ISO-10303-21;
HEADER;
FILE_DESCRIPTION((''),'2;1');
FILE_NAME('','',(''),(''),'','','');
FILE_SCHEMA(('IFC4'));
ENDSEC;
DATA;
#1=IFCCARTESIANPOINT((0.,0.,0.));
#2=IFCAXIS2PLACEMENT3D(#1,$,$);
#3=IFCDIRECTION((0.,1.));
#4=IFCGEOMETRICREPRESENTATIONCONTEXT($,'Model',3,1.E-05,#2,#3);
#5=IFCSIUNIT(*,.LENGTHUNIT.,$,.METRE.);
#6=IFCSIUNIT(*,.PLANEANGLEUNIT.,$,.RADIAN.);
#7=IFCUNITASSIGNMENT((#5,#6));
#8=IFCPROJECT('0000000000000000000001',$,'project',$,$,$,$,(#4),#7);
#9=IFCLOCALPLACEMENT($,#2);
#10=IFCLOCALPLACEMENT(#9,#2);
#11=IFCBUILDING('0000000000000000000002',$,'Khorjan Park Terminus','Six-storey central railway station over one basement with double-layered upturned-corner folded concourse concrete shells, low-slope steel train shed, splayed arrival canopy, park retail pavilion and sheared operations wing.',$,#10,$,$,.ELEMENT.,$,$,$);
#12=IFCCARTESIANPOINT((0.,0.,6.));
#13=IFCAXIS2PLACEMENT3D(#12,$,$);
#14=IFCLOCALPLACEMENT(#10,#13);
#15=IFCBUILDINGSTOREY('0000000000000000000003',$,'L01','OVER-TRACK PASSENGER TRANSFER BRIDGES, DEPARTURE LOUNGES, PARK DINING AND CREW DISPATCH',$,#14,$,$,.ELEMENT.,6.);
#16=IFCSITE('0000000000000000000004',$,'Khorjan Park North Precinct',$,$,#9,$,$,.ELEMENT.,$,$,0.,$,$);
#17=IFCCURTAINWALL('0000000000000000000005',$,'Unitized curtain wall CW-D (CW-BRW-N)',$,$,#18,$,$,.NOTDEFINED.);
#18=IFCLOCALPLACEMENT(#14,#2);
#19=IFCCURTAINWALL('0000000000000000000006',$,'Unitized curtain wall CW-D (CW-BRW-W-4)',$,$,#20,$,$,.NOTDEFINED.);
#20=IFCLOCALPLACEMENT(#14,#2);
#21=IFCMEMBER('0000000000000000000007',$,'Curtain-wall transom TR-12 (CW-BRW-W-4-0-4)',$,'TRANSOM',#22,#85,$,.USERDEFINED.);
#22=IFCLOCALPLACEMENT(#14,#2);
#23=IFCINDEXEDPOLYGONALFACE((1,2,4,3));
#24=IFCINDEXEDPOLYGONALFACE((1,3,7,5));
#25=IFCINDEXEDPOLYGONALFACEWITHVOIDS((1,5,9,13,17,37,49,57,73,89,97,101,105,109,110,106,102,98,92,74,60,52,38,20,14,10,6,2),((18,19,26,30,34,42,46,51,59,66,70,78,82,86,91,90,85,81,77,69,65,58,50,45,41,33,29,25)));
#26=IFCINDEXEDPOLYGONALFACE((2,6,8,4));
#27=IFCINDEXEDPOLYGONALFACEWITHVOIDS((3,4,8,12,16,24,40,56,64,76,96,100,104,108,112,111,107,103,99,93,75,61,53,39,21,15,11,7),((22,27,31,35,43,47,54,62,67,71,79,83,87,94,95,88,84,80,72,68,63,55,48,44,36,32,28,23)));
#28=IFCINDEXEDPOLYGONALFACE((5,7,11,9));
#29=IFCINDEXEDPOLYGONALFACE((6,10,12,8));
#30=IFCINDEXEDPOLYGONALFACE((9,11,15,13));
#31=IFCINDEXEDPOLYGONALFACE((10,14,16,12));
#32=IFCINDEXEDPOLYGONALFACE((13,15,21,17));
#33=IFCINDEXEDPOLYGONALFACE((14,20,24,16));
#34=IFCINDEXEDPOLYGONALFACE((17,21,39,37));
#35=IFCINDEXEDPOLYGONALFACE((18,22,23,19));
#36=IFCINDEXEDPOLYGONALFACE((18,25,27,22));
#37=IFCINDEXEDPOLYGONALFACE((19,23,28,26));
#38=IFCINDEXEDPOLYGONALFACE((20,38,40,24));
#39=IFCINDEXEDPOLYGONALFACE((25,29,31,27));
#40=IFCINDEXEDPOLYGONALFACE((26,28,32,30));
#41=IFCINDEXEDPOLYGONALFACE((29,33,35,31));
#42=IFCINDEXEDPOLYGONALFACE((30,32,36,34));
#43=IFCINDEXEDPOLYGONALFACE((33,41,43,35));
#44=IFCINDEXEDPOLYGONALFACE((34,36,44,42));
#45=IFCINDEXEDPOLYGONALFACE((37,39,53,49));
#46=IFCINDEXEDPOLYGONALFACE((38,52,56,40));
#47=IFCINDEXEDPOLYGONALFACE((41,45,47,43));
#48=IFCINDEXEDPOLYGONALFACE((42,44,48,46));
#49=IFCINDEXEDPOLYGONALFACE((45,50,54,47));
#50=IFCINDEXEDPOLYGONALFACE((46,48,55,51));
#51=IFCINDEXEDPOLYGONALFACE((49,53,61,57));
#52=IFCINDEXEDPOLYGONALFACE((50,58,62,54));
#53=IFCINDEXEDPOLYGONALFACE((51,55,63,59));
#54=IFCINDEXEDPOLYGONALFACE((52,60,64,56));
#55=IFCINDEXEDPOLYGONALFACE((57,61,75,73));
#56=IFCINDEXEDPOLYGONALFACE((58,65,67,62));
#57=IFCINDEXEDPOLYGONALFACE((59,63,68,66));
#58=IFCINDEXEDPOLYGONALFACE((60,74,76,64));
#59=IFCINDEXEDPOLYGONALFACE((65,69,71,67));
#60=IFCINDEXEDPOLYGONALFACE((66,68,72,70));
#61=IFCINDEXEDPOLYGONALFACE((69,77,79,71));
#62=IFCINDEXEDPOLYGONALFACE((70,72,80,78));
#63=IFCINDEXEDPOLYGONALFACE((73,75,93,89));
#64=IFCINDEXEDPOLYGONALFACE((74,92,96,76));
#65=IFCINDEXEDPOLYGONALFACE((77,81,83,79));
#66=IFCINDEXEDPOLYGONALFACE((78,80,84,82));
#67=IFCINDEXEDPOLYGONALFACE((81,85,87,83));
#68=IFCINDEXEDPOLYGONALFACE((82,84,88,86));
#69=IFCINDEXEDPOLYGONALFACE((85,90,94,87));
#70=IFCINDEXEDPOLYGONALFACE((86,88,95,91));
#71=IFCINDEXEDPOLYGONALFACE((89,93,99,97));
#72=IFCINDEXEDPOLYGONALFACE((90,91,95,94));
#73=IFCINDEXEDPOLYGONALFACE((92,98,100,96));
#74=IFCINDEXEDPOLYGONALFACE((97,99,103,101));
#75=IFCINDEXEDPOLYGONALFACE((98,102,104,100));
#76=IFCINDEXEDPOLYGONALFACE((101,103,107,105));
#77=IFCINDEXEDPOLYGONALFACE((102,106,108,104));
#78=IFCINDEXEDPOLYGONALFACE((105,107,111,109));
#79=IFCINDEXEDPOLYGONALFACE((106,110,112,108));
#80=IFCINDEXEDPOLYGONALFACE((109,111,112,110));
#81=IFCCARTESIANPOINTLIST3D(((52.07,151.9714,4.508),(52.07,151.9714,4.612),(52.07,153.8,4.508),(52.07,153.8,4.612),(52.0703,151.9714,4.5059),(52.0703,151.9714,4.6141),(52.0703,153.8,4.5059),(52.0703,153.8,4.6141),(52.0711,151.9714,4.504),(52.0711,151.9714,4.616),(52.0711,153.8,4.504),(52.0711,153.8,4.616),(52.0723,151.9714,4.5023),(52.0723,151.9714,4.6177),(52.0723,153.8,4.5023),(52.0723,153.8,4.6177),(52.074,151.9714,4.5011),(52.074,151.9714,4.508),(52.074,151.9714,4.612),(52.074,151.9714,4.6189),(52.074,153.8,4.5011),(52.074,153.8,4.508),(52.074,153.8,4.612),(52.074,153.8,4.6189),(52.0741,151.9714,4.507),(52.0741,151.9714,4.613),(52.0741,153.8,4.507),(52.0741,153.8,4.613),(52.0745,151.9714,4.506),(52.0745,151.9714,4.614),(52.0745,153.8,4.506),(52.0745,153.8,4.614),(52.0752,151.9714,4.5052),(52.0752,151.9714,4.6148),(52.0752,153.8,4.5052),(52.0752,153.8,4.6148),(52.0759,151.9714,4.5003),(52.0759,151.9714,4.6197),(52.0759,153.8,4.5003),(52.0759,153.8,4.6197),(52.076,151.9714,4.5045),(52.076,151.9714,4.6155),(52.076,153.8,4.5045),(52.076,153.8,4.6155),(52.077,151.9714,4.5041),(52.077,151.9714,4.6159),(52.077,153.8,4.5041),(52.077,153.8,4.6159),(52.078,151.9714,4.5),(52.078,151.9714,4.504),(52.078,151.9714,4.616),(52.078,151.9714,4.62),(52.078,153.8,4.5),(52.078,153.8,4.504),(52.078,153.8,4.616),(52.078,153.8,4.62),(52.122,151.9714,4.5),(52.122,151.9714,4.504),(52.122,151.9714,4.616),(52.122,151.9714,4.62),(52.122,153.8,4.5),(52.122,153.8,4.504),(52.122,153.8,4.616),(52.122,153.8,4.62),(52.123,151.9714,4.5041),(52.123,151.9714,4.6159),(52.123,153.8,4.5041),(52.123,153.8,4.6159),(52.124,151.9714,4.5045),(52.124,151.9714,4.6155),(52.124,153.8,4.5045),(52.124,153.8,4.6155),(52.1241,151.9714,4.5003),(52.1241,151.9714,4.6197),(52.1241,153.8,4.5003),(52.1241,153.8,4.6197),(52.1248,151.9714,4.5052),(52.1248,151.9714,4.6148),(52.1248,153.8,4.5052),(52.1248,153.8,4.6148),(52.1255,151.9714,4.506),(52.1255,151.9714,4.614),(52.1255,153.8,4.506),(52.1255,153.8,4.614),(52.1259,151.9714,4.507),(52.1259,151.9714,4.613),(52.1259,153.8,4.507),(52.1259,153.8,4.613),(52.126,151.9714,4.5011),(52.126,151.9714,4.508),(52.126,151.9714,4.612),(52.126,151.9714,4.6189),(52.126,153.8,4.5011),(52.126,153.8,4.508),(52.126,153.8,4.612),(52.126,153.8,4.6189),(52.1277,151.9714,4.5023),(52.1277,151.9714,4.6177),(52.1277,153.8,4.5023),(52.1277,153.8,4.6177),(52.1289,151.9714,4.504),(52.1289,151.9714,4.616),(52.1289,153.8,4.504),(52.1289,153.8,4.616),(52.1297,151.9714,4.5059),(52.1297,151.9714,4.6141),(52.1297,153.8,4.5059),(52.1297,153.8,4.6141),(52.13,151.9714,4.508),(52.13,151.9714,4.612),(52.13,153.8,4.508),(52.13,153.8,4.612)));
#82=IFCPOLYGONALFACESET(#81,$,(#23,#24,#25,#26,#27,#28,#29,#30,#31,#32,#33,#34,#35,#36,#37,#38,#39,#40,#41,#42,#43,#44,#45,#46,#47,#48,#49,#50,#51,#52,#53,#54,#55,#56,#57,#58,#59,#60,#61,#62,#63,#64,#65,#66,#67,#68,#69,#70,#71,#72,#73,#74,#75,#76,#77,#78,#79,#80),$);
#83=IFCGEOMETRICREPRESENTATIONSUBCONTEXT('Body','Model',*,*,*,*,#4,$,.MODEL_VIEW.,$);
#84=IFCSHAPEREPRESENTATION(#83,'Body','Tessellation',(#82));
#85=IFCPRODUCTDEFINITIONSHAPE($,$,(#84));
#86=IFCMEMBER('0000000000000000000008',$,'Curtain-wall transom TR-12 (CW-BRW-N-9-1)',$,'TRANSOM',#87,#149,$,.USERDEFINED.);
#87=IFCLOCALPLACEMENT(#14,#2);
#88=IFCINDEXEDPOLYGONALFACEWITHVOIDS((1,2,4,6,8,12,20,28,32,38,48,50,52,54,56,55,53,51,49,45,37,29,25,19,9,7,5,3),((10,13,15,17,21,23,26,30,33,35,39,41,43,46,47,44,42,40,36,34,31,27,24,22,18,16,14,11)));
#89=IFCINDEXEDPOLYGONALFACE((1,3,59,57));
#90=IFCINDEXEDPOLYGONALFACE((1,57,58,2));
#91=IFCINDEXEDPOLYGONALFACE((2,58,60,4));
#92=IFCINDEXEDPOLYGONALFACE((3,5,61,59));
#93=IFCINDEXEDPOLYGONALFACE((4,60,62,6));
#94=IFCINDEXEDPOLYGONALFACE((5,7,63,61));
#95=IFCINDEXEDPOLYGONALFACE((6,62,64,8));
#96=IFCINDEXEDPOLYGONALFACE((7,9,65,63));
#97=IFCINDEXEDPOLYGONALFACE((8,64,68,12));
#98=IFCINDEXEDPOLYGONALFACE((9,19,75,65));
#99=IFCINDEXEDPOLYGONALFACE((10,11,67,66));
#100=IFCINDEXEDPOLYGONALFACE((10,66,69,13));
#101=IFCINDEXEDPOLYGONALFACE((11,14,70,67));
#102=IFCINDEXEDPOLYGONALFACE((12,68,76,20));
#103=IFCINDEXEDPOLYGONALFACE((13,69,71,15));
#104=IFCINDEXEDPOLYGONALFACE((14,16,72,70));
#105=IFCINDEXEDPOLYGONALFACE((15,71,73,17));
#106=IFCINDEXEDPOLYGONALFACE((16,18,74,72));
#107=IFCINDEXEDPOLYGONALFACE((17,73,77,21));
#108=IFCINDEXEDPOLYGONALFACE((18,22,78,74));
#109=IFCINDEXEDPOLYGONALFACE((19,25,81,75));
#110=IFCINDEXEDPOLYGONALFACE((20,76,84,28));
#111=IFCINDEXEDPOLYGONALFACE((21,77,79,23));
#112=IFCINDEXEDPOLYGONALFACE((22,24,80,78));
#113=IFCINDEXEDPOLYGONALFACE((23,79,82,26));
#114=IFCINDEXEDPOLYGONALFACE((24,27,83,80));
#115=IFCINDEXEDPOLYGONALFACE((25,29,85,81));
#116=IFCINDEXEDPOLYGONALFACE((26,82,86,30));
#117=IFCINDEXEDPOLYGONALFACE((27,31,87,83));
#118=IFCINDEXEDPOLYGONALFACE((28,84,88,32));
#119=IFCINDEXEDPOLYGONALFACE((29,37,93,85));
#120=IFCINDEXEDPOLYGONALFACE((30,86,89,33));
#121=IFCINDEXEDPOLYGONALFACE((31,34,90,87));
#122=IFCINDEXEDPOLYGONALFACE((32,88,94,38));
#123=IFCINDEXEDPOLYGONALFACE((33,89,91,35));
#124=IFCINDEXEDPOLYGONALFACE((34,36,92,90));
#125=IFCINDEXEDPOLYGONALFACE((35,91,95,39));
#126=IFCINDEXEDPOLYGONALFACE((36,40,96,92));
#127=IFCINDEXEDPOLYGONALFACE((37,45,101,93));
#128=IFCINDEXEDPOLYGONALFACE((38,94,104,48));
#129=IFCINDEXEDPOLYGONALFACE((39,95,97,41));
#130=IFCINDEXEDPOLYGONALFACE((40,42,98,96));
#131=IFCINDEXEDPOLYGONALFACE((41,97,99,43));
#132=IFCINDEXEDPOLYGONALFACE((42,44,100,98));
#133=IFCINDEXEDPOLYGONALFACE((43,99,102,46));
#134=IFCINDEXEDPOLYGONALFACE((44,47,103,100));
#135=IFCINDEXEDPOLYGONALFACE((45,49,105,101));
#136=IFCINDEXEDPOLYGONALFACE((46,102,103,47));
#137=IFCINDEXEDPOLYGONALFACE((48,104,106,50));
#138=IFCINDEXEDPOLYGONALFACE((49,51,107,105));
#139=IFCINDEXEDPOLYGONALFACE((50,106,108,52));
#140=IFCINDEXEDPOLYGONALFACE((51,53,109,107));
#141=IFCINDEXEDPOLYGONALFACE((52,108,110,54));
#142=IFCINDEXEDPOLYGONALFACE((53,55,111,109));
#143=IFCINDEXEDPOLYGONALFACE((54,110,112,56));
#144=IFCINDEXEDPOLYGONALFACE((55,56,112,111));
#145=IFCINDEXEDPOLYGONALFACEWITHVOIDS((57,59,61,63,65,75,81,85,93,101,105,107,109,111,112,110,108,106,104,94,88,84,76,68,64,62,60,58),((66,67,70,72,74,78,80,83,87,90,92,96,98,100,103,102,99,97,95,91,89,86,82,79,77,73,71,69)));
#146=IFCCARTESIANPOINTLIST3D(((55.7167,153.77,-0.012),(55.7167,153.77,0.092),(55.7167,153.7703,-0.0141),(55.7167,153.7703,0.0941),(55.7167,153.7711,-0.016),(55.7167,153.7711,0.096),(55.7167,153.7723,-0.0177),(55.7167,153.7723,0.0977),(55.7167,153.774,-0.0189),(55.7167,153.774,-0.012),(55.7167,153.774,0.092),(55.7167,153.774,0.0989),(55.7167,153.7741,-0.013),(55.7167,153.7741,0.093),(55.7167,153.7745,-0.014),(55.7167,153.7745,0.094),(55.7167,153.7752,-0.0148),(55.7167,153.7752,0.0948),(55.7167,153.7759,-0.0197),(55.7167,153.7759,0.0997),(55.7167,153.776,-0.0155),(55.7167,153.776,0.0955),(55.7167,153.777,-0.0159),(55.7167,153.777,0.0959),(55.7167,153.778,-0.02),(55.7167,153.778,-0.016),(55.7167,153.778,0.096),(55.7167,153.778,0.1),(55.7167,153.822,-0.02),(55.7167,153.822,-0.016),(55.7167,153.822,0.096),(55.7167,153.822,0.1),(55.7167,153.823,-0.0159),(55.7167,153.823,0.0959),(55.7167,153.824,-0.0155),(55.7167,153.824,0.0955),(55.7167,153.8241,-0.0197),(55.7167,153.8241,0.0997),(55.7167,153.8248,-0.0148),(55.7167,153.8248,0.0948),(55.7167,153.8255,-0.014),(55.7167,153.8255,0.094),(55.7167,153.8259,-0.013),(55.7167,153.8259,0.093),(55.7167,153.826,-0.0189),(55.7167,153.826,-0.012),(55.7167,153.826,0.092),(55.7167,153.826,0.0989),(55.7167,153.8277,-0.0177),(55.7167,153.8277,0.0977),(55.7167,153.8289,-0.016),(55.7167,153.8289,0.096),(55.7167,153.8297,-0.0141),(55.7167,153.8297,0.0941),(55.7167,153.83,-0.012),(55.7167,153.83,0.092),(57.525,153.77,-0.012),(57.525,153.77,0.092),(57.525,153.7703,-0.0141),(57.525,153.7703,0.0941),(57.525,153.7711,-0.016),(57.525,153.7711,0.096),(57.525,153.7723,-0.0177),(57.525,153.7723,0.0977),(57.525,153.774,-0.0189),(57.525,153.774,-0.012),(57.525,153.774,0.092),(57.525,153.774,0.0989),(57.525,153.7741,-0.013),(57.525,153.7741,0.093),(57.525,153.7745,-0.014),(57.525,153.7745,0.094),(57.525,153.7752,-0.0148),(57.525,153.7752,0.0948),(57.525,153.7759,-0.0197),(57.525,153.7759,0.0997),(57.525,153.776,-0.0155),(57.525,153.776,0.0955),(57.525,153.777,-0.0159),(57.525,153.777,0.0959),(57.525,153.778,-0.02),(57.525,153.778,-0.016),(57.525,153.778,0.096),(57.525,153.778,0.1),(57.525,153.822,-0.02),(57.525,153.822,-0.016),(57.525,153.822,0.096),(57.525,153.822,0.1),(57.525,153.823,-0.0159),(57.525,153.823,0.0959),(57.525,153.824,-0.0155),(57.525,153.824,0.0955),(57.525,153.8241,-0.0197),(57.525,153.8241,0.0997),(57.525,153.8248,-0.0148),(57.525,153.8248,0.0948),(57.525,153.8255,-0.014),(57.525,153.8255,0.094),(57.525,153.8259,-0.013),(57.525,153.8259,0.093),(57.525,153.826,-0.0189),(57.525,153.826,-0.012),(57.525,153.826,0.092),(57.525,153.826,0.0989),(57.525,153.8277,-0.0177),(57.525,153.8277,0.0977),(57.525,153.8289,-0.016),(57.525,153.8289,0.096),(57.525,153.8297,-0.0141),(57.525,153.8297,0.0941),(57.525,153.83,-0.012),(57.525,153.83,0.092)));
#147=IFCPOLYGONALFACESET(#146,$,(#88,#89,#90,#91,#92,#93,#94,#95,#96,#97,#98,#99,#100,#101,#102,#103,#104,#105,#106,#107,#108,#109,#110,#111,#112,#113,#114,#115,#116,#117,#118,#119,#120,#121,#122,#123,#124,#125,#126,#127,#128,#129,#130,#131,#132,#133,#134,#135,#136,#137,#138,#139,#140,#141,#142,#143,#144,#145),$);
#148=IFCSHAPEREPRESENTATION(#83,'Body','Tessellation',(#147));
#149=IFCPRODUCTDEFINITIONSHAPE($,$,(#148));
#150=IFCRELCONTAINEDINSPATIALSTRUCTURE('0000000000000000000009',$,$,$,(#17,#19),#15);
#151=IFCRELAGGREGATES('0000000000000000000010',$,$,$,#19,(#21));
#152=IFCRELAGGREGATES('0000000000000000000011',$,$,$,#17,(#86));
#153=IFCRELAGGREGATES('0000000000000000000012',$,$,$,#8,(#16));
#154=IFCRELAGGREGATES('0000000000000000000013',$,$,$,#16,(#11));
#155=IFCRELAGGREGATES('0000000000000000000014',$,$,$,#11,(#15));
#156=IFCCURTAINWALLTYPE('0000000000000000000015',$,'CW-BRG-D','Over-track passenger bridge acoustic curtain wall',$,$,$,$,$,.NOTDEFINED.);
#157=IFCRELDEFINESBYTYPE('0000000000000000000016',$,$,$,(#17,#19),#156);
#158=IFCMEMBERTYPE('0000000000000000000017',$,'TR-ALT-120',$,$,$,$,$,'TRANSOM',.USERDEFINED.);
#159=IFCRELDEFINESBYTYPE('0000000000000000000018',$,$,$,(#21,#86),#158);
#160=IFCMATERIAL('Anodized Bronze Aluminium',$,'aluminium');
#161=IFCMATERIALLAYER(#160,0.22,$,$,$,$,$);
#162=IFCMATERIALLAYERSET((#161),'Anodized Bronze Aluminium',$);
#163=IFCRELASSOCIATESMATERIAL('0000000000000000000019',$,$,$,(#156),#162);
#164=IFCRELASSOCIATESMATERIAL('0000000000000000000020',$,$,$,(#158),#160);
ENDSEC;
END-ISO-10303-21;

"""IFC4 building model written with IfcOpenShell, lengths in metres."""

from ifc_helpers import new_model, si_unit, direction, frame, origin, origin_2d, place, context, subcontext, project, spatial, hollow_rectangle, extrude, material, layer, layer_set, material_profile, profile_set, type_object, element, aggregate, save


model = new_model("IFC4")

# Units and contexts
model_context = context("Model", 3, precision=1e-05, world=origin(), true_north=direction((0.0, 1.0)))
body_context = subcontext(model_context, "Body", "Model", "MODEL_VIEW")
ifc_project = project(units=[si_unit("LENGTHUNIT", "METRE"), si_unit("PLANEANGLEUNIT", "RADIAN")], contexts=[model_context])

# Site, building, storey
site_placement = place(None, origin())
site = spatial("IfcSite", under=ifc_project, at=site_placement, Name="Khorjan Park North Precinct", CompositionType="ELEMENT", RefElevation=0.0)
building_placement = place(site_placement, origin())
building = spatial("IfcBuilding", under=site, at=building_placement, Name="Khorjan Park Terminus", Description="Six-storey central railway station over one basement with double-layered upturned-corner folded concourse concrete shells, low-slope steel train shed, splayed arrival canopy, park retail pavilion and sheared operations wing.", CompositionType="ELEMENT")
storey_placement = place(building_placement, frame((0.0, 0.0, 6.0)))
storey = spatial("IfcBuildingStorey", under=building, at=storey_placement, Name="L01", Description="OVER-TRACK PASSENGER TRANSFER BRIDGES, DEPARTURE LOUNGES, PARK DINING AND CREW DISPATCH", CompositionType="ELEMENT", Elevation=6.0)

# Curtain walls, member
ifc_material_1 = material(Name="Anodized Bronze Aluminium", Category="aluminium")
ifc_layer_1 = layer(ifc_material_1, 0.22)
ifc_layer_set_1 = layer_set([ifc_layer_1], Name="Anodized Bronze Aluminium")
curtain_wall_type = type_object("IfcCurtainWallType", Name="CW-BRG-D", Description="Over-track passenger bridge acoustic curtain wall", PredefinedType="NOTDEFINED", material=ifc_layer_set_1)
curtain_wall_1_placement = place(storey_placement, origin())
curtain_wall_1 = element("IfcCurtainWall", 1, at=curtain_wall_1_placement, inside=storey, type_object=curtain_wall_type, Name="Unitized curtain wall CW-D (CW-BRW-N)", PredefinedType="NOTDEFINED")
curtain_wall_2_placement = place(storey_placement, origin())
curtain_wall_2 = element("IfcCurtainWall", 2, at=curtain_wall_2_placement, inside=storey, type_object=curtain_wall_type, Name="Unitized curtain wall CW-D (CW-BRW-W-4)", PredefinedType="NOTDEFINED")
ifc_material_profile_1 = material_profile(ifc_material_1, hollow_rectangle(XDim=0.06, YDim=0.12, WallThickness=0.004, InnerFilletRadius=0.004, OuterFilletRadius=0.008, at=origin_2d()), Name="ALT 60x120x4")
ifc_profile_set_1 = profile_set([ifc_material_profile_1], Name="Anodized Bronze Aluminium")
member_type_1 = type_object("IfcMemberType", Name="TR-ALT-120", ElementType="TRANSOM", PredefinedType="USERDEFINED", material=ifc_profile_set_1)
member_1_placement = place(storey_placement, frame((52.1, 153.8, 4.56), z_axis=(0.0, -1.0, 0.0), x_axis=(1.0, 0.0, 0.0)))
member_1 = element("IfcMember", 3, at=member_1_placement, type_object=member_type_1, Name="Curtain-wall transom TR-12 (CW-BRW-W-4-0-4)", ObjectType="TRANSOM", PredefinedType="USERDEFINED", context=body_context, shape_type="SweptSolid", body=[
    extrude(hollow_rectangle(XDim=0.06, YDim=0.12, WallThickness=0.004, InnerFilletRadius=0.004, OuterFilletRadius=0.008, at=origin_2d()), origin(), (0.0, 0.0, 1.0), 1.8286),
])
aggregate(curtain_wall_2, [member_1])

# Member
member_2_placement = place(storey_placement, frame((57.525, 153.8, 0.04), z_axis=(-1.0, 0.0, 0.0), x_axis=(0.0, -1.0, 0.0)))
member_2 = element("IfcMember", 4, at=member_2_placement, type_object=member_type_1, Name="Curtain-wall transom TR-12 (CW-BRW-N-9-1)", ObjectType="TRANSOM", PredefinedType="USERDEFINED", context=body_context, shape_type="SweptSolid", body=[
    extrude(hollow_rectangle(XDim=0.06, YDim=0.12, WallThickness=0.004, InnerFilletRadius=0.004, OuterFilletRadius=0.008, at=origin_2d()), origin(), (0.0, 0.0, 1.0), 1.8083),
])

aggregate(curtain_wall_1, [member_2])

save(model, "model.ifc")
